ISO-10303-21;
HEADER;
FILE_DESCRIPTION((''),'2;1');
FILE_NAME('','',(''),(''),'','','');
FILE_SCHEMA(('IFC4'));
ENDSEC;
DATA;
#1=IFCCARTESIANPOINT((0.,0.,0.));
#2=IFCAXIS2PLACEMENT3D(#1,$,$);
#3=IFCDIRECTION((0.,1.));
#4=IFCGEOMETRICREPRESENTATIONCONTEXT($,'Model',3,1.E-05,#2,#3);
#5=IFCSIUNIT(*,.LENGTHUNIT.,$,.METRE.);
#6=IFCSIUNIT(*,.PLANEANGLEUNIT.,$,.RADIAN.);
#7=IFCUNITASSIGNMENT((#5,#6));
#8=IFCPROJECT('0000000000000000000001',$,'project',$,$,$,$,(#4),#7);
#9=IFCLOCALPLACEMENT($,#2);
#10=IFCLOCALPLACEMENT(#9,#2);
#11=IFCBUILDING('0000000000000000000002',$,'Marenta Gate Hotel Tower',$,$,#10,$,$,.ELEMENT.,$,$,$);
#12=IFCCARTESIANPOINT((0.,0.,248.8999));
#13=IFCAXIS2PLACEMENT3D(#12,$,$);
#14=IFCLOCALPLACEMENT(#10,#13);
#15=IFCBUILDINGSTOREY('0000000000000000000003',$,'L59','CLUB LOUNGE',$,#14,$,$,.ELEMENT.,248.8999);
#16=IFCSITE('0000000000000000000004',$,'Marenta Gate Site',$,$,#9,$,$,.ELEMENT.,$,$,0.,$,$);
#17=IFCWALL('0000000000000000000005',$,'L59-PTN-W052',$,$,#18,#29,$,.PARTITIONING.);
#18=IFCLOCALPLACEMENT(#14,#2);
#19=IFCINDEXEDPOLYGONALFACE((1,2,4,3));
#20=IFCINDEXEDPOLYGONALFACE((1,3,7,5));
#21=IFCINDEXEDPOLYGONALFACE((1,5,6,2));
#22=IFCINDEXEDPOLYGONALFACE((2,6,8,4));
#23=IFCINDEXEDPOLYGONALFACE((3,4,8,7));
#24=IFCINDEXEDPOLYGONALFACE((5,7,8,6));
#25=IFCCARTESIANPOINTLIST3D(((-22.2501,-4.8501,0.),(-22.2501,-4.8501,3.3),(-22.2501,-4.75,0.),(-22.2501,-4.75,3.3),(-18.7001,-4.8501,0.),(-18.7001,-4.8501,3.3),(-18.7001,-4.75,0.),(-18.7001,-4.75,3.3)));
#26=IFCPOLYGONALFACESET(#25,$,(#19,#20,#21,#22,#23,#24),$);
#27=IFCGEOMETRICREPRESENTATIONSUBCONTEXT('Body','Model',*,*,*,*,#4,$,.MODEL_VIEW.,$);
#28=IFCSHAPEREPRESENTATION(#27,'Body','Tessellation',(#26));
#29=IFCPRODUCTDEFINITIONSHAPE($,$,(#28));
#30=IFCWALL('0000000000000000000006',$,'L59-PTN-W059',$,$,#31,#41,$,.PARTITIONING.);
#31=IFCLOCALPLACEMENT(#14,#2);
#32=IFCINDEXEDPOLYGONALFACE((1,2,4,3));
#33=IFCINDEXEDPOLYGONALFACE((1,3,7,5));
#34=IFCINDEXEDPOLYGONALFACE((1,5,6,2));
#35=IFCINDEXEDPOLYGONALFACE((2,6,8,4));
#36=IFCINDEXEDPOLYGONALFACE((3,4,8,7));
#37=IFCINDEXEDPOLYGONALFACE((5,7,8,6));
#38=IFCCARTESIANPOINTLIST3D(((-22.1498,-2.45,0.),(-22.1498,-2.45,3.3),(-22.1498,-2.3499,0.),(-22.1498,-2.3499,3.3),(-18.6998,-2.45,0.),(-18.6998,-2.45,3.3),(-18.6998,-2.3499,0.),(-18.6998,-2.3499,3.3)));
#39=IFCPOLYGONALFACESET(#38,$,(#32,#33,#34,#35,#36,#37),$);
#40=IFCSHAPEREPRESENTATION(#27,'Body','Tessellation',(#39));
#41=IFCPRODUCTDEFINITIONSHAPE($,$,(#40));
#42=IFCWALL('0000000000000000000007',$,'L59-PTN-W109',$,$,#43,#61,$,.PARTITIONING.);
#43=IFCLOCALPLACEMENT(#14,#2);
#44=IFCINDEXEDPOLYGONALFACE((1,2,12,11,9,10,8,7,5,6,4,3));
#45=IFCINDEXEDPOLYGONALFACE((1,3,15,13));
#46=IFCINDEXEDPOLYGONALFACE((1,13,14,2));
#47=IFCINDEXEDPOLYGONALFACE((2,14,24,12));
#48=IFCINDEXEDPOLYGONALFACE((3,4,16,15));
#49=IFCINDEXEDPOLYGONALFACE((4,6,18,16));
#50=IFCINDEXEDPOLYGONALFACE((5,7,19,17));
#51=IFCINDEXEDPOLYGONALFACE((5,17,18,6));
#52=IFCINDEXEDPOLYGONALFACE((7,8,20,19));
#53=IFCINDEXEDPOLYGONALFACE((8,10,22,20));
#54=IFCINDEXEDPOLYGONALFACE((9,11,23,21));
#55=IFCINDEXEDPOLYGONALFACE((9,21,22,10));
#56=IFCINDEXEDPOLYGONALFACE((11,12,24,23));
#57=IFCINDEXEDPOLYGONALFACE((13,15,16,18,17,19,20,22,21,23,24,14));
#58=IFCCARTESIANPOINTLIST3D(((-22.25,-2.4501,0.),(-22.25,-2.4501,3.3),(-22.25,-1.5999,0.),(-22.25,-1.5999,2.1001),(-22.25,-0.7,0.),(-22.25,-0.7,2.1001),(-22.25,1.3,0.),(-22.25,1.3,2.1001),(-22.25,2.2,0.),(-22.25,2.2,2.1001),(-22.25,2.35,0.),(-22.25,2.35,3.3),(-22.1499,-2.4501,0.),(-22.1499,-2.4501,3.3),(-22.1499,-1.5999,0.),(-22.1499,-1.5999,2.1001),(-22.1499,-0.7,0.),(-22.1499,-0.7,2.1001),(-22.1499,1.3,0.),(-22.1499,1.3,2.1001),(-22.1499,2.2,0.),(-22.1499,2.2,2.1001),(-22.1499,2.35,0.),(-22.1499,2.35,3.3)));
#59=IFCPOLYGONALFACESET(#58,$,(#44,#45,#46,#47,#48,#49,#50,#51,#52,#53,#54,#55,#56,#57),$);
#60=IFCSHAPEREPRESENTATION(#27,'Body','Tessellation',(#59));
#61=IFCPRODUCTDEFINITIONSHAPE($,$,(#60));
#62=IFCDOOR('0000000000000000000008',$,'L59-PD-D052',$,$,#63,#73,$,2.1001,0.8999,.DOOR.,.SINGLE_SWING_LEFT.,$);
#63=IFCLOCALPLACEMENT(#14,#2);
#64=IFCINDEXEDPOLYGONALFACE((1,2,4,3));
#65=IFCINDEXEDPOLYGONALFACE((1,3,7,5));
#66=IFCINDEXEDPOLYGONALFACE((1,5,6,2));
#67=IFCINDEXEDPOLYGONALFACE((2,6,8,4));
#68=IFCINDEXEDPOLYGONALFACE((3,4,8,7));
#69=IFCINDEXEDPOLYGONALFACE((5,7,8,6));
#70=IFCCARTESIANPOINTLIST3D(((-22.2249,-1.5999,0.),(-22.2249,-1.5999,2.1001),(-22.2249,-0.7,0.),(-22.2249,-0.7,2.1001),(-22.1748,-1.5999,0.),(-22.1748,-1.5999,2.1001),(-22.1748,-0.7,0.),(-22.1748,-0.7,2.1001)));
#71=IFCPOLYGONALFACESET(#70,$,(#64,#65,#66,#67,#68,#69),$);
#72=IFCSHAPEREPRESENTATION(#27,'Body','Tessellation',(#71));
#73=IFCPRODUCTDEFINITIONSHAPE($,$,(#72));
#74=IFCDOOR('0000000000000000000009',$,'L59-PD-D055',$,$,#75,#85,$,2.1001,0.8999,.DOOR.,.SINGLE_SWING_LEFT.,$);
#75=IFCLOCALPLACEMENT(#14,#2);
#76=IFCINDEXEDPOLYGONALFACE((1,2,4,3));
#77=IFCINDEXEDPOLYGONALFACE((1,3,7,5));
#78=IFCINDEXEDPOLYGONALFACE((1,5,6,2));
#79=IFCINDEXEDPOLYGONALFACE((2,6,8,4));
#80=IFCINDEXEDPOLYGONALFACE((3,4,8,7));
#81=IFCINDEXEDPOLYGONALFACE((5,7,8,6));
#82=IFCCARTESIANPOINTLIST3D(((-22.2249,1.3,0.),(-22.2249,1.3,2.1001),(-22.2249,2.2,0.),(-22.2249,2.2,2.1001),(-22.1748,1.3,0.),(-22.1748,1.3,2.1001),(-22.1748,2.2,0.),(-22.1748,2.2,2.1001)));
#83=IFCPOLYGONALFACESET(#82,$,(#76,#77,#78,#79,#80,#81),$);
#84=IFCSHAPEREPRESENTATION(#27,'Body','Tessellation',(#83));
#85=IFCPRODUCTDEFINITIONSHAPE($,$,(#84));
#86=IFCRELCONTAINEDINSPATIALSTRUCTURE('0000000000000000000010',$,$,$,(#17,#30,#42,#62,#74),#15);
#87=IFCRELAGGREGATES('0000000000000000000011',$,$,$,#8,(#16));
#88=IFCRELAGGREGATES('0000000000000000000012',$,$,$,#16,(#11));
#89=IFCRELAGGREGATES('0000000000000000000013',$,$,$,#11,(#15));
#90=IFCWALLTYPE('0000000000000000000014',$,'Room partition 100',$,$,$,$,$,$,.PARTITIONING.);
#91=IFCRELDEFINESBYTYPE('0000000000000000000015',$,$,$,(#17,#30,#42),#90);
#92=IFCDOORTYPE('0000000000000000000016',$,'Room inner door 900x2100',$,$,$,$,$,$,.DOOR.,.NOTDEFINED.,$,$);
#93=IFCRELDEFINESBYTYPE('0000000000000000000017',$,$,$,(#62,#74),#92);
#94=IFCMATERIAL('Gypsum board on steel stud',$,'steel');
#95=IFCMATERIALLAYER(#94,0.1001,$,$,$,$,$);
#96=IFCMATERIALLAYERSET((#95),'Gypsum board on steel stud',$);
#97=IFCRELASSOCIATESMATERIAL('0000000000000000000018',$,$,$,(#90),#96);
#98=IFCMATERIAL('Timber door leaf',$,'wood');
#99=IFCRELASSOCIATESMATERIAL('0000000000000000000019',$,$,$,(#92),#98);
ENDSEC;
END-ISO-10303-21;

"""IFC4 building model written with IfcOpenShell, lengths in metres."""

from ifc_helpers import new_model, si_unit, direction, frame, frame_2d, origin, place, context, subcontext, project, spatial, rectangle, extrude, material, layer, layer_set, type_object, element, fill, save


model = new_model("IFC4")

# Units and contexts
model_context = context("Model", 3, precision=1e-05, world=origin(), true_north=direction((0.0, 1.0)))
body_context = subcontext(model_context, "Body", "Model", "MODEL_VIEW")
ifc_project = project(units=[si_unit("LENGTHUNIT", "METRE"), si_unit("PLANEANGLEUNIT", "RADIAN")], contexts=[model_context])

# Site, building, storey
site_placement = place(None, origin())
site = spatial("IfcSite", under=ifc_project, at=site_placement, Name="Marenta Gate Site", CompositionType="ELEMENT", RefElevation=0.0)
building_placement = place(site_placement, origin())
building = spatial("IfcBuilding", under=site, at=building_placement, Name="Marenta Gate Hotel Tower", CompositionType="ELEMENT")
storey_placement = place(building_placement, frame((0.0, 0.0, 248.8999)))
storey = spatial("IfcBuildingStorey", under=building, at=storey_placement, Name="L59", Description="CLUB LOUNGE", CompositionType="ELEMENT", Elevation=248.8999)

# Walls
ifc_material_1 = material(Name="Gypsum board on steel stud", Category="steel")
ifc_layer_1 = layer(ifc_material_1, 0.1001)
ifc_layer_set_1 = layer_set([ifc_layer_1], Name="Gypsum board on steel stud")
wall_type = type_object("IfcWallType", Name="Room partition 100", PredefinedType="PARTITIONING", material=ifc_layer_set_1)
wall_1_placement = place(storey_placement, frame((-22.25, -4.8, 0.0), z_axis=(0.0, 0.0, 1.0), x_axis=(1.0, 0.0, 0.0)))
element("IfcWall", 1, at=wall_1_placement, inside=storey, type_object=wall_type, Name="L59-PTN-W052", PredefinedType="PARTITIONING", context=body_context, shape_type="SweptSolid", body=[
    extrude(rectangle(XDim=3.55, YDim=0.1001, at=frame_2d((1.7749, 0.0))), origin(), (0.0, 0.0, 1.0), 3.3),
])
wall_2_placement = place(storey_placement, frame((-22.1499, -2.3999, 0.0), z_axis=(0.0, 0.0, 1.0), x_axis=(1.0, 0.0, 0.0)))
element("IfcWall", 2, at=wall_2_placement, inside=storey, type_object=wall_type, Name="L59-PTN-W059", PredefinedType="PARTITIONING", context=body_context, shape_type="SweptSolid", body=[
    extrude(rectangle(XDim=3.45, YDim=0.1001, at=frame_2d((1.7251, 0.0))), origin(), (0.0, 0.0, 1.0), 3.3),
])

# Wall, openings, doors
wall_3_placement = place(storey_placement, frame((-22.2, -2.45, 0.0), z_axis=(0.0, 0.0, 1.0), x_axis=(0.0, 1.0, 0.0)))
wall_3 = element("IfcWall", 3, at=wall_3_placement, inside=storey, type_object=wall_type, Name="L59-PTN-W109", PredefinedType="PARTITIONING", context=body_context, shape_type="SweptSolid", body=[
    extrude(rectangle(XDim=4.8, YDim=0.1001, at=frame_2d((2.3999, 0.0))), origin(), (0.0, 0.0, 1.0), 3.3),
])
opening_1_placement = place(wall_3_placement, frame((0.8501, 0.0, 0.0)))
opening_1 = element("IfcOpeningElement", 4, at=opening_1_placement, cuts=wall_3, PredefinedType="OPENING", context=body_context, shape_type="SweptSolid", body=[
    extrude(rectangle(XDim=0.8999, YDim=2.1001, at=frame_2d((0.45, 1.05))), frame((0.0, 0.05, 0.0), z_axis=(0.0, -1.0, 0.0), x_axis=(1.0, 0.0, 0.0)), (0.0, 0.0, 1.0), 0.1001),
])
opening_2_placement = place(wall_3_placement, frame((3.75, 0.0, 0.0)))
opening_2 = element("IfcOpeningElement", 5, at=opening_2_placement, cuts=wall_3, PredefinedType="OPENING", context=body_context, shape_type="SweptSolid", body=[
    extrude(rectangle(XDim=0.8999, YDim=2.1001, at=frame_2d((0.45, 1.05))), frame((0.0, 0.05, 0.0), z_axis=(0.0, -1.0, 0.0), x_axis=(1.0, 0.0, 0.0)), (0.0, 0.0, 1.0), 0.1001),
])
ifc_material_2 = material(Name="Timber door leaf", Category="wood")
door_type = type_object("IfcDoorType", Name="Room inner door 900x2100", OperationType="NOTDEFINED", PredefinedType="DOOR", material=ifc_material_2)
door_1_placement = place(opening_1_placement, origin())
door_1 = element("IfcDoor", 6, at=door_1_placement, inside=storey, type_object=door_type, Name="L59-PD-D052", OperationType="SINGLE_SWING_LEFT", OverallHeight=2.1001, OverallWidth=0.8999, PredefinedType="DOOR", context=body_context, shape_type="SweptSolid", body=[
    extrude(rectangle(XDim=0.8999, YDim=2.1001, at=frame_2d((0.45, 1.05))), frame((0.0, 0.0249, 0.0), z_axis=(0.0, -1.0, 0.0), x_axis=(1.0, 0.0, 0.0)), (0.0, 0.0, 1.0), 0.05),
])
fill(opening_1, door_1)
door_2_placement = place(opening_2_placement, origin())
door_2 = element("IfcDoor", 7, at=door_2_placement, inside=storey, type_object=door_type, Name="L59-PD-D055", OperationType="SINGLE_SWING_LEFT", OverallHeight=2.1001, OverallWidth=0.8999, PredefinedType="DOOR", context=body_context, shape_type="SweptSolid", body=[
    extrude(rectangle(XDim=0.8999, YDim=2.1001, at=frame_2d((0.45, 1.05))), frame((0.0, 0.0249, 0.0), z_axis=(0.0, -1.0, 0.0), x_axis=(1.0, 0.0, 0.0)), (0.0, 0.0, 1.0), 0.05),
])
fill(opening_2, door_2)

save(model, "model.ifc")
